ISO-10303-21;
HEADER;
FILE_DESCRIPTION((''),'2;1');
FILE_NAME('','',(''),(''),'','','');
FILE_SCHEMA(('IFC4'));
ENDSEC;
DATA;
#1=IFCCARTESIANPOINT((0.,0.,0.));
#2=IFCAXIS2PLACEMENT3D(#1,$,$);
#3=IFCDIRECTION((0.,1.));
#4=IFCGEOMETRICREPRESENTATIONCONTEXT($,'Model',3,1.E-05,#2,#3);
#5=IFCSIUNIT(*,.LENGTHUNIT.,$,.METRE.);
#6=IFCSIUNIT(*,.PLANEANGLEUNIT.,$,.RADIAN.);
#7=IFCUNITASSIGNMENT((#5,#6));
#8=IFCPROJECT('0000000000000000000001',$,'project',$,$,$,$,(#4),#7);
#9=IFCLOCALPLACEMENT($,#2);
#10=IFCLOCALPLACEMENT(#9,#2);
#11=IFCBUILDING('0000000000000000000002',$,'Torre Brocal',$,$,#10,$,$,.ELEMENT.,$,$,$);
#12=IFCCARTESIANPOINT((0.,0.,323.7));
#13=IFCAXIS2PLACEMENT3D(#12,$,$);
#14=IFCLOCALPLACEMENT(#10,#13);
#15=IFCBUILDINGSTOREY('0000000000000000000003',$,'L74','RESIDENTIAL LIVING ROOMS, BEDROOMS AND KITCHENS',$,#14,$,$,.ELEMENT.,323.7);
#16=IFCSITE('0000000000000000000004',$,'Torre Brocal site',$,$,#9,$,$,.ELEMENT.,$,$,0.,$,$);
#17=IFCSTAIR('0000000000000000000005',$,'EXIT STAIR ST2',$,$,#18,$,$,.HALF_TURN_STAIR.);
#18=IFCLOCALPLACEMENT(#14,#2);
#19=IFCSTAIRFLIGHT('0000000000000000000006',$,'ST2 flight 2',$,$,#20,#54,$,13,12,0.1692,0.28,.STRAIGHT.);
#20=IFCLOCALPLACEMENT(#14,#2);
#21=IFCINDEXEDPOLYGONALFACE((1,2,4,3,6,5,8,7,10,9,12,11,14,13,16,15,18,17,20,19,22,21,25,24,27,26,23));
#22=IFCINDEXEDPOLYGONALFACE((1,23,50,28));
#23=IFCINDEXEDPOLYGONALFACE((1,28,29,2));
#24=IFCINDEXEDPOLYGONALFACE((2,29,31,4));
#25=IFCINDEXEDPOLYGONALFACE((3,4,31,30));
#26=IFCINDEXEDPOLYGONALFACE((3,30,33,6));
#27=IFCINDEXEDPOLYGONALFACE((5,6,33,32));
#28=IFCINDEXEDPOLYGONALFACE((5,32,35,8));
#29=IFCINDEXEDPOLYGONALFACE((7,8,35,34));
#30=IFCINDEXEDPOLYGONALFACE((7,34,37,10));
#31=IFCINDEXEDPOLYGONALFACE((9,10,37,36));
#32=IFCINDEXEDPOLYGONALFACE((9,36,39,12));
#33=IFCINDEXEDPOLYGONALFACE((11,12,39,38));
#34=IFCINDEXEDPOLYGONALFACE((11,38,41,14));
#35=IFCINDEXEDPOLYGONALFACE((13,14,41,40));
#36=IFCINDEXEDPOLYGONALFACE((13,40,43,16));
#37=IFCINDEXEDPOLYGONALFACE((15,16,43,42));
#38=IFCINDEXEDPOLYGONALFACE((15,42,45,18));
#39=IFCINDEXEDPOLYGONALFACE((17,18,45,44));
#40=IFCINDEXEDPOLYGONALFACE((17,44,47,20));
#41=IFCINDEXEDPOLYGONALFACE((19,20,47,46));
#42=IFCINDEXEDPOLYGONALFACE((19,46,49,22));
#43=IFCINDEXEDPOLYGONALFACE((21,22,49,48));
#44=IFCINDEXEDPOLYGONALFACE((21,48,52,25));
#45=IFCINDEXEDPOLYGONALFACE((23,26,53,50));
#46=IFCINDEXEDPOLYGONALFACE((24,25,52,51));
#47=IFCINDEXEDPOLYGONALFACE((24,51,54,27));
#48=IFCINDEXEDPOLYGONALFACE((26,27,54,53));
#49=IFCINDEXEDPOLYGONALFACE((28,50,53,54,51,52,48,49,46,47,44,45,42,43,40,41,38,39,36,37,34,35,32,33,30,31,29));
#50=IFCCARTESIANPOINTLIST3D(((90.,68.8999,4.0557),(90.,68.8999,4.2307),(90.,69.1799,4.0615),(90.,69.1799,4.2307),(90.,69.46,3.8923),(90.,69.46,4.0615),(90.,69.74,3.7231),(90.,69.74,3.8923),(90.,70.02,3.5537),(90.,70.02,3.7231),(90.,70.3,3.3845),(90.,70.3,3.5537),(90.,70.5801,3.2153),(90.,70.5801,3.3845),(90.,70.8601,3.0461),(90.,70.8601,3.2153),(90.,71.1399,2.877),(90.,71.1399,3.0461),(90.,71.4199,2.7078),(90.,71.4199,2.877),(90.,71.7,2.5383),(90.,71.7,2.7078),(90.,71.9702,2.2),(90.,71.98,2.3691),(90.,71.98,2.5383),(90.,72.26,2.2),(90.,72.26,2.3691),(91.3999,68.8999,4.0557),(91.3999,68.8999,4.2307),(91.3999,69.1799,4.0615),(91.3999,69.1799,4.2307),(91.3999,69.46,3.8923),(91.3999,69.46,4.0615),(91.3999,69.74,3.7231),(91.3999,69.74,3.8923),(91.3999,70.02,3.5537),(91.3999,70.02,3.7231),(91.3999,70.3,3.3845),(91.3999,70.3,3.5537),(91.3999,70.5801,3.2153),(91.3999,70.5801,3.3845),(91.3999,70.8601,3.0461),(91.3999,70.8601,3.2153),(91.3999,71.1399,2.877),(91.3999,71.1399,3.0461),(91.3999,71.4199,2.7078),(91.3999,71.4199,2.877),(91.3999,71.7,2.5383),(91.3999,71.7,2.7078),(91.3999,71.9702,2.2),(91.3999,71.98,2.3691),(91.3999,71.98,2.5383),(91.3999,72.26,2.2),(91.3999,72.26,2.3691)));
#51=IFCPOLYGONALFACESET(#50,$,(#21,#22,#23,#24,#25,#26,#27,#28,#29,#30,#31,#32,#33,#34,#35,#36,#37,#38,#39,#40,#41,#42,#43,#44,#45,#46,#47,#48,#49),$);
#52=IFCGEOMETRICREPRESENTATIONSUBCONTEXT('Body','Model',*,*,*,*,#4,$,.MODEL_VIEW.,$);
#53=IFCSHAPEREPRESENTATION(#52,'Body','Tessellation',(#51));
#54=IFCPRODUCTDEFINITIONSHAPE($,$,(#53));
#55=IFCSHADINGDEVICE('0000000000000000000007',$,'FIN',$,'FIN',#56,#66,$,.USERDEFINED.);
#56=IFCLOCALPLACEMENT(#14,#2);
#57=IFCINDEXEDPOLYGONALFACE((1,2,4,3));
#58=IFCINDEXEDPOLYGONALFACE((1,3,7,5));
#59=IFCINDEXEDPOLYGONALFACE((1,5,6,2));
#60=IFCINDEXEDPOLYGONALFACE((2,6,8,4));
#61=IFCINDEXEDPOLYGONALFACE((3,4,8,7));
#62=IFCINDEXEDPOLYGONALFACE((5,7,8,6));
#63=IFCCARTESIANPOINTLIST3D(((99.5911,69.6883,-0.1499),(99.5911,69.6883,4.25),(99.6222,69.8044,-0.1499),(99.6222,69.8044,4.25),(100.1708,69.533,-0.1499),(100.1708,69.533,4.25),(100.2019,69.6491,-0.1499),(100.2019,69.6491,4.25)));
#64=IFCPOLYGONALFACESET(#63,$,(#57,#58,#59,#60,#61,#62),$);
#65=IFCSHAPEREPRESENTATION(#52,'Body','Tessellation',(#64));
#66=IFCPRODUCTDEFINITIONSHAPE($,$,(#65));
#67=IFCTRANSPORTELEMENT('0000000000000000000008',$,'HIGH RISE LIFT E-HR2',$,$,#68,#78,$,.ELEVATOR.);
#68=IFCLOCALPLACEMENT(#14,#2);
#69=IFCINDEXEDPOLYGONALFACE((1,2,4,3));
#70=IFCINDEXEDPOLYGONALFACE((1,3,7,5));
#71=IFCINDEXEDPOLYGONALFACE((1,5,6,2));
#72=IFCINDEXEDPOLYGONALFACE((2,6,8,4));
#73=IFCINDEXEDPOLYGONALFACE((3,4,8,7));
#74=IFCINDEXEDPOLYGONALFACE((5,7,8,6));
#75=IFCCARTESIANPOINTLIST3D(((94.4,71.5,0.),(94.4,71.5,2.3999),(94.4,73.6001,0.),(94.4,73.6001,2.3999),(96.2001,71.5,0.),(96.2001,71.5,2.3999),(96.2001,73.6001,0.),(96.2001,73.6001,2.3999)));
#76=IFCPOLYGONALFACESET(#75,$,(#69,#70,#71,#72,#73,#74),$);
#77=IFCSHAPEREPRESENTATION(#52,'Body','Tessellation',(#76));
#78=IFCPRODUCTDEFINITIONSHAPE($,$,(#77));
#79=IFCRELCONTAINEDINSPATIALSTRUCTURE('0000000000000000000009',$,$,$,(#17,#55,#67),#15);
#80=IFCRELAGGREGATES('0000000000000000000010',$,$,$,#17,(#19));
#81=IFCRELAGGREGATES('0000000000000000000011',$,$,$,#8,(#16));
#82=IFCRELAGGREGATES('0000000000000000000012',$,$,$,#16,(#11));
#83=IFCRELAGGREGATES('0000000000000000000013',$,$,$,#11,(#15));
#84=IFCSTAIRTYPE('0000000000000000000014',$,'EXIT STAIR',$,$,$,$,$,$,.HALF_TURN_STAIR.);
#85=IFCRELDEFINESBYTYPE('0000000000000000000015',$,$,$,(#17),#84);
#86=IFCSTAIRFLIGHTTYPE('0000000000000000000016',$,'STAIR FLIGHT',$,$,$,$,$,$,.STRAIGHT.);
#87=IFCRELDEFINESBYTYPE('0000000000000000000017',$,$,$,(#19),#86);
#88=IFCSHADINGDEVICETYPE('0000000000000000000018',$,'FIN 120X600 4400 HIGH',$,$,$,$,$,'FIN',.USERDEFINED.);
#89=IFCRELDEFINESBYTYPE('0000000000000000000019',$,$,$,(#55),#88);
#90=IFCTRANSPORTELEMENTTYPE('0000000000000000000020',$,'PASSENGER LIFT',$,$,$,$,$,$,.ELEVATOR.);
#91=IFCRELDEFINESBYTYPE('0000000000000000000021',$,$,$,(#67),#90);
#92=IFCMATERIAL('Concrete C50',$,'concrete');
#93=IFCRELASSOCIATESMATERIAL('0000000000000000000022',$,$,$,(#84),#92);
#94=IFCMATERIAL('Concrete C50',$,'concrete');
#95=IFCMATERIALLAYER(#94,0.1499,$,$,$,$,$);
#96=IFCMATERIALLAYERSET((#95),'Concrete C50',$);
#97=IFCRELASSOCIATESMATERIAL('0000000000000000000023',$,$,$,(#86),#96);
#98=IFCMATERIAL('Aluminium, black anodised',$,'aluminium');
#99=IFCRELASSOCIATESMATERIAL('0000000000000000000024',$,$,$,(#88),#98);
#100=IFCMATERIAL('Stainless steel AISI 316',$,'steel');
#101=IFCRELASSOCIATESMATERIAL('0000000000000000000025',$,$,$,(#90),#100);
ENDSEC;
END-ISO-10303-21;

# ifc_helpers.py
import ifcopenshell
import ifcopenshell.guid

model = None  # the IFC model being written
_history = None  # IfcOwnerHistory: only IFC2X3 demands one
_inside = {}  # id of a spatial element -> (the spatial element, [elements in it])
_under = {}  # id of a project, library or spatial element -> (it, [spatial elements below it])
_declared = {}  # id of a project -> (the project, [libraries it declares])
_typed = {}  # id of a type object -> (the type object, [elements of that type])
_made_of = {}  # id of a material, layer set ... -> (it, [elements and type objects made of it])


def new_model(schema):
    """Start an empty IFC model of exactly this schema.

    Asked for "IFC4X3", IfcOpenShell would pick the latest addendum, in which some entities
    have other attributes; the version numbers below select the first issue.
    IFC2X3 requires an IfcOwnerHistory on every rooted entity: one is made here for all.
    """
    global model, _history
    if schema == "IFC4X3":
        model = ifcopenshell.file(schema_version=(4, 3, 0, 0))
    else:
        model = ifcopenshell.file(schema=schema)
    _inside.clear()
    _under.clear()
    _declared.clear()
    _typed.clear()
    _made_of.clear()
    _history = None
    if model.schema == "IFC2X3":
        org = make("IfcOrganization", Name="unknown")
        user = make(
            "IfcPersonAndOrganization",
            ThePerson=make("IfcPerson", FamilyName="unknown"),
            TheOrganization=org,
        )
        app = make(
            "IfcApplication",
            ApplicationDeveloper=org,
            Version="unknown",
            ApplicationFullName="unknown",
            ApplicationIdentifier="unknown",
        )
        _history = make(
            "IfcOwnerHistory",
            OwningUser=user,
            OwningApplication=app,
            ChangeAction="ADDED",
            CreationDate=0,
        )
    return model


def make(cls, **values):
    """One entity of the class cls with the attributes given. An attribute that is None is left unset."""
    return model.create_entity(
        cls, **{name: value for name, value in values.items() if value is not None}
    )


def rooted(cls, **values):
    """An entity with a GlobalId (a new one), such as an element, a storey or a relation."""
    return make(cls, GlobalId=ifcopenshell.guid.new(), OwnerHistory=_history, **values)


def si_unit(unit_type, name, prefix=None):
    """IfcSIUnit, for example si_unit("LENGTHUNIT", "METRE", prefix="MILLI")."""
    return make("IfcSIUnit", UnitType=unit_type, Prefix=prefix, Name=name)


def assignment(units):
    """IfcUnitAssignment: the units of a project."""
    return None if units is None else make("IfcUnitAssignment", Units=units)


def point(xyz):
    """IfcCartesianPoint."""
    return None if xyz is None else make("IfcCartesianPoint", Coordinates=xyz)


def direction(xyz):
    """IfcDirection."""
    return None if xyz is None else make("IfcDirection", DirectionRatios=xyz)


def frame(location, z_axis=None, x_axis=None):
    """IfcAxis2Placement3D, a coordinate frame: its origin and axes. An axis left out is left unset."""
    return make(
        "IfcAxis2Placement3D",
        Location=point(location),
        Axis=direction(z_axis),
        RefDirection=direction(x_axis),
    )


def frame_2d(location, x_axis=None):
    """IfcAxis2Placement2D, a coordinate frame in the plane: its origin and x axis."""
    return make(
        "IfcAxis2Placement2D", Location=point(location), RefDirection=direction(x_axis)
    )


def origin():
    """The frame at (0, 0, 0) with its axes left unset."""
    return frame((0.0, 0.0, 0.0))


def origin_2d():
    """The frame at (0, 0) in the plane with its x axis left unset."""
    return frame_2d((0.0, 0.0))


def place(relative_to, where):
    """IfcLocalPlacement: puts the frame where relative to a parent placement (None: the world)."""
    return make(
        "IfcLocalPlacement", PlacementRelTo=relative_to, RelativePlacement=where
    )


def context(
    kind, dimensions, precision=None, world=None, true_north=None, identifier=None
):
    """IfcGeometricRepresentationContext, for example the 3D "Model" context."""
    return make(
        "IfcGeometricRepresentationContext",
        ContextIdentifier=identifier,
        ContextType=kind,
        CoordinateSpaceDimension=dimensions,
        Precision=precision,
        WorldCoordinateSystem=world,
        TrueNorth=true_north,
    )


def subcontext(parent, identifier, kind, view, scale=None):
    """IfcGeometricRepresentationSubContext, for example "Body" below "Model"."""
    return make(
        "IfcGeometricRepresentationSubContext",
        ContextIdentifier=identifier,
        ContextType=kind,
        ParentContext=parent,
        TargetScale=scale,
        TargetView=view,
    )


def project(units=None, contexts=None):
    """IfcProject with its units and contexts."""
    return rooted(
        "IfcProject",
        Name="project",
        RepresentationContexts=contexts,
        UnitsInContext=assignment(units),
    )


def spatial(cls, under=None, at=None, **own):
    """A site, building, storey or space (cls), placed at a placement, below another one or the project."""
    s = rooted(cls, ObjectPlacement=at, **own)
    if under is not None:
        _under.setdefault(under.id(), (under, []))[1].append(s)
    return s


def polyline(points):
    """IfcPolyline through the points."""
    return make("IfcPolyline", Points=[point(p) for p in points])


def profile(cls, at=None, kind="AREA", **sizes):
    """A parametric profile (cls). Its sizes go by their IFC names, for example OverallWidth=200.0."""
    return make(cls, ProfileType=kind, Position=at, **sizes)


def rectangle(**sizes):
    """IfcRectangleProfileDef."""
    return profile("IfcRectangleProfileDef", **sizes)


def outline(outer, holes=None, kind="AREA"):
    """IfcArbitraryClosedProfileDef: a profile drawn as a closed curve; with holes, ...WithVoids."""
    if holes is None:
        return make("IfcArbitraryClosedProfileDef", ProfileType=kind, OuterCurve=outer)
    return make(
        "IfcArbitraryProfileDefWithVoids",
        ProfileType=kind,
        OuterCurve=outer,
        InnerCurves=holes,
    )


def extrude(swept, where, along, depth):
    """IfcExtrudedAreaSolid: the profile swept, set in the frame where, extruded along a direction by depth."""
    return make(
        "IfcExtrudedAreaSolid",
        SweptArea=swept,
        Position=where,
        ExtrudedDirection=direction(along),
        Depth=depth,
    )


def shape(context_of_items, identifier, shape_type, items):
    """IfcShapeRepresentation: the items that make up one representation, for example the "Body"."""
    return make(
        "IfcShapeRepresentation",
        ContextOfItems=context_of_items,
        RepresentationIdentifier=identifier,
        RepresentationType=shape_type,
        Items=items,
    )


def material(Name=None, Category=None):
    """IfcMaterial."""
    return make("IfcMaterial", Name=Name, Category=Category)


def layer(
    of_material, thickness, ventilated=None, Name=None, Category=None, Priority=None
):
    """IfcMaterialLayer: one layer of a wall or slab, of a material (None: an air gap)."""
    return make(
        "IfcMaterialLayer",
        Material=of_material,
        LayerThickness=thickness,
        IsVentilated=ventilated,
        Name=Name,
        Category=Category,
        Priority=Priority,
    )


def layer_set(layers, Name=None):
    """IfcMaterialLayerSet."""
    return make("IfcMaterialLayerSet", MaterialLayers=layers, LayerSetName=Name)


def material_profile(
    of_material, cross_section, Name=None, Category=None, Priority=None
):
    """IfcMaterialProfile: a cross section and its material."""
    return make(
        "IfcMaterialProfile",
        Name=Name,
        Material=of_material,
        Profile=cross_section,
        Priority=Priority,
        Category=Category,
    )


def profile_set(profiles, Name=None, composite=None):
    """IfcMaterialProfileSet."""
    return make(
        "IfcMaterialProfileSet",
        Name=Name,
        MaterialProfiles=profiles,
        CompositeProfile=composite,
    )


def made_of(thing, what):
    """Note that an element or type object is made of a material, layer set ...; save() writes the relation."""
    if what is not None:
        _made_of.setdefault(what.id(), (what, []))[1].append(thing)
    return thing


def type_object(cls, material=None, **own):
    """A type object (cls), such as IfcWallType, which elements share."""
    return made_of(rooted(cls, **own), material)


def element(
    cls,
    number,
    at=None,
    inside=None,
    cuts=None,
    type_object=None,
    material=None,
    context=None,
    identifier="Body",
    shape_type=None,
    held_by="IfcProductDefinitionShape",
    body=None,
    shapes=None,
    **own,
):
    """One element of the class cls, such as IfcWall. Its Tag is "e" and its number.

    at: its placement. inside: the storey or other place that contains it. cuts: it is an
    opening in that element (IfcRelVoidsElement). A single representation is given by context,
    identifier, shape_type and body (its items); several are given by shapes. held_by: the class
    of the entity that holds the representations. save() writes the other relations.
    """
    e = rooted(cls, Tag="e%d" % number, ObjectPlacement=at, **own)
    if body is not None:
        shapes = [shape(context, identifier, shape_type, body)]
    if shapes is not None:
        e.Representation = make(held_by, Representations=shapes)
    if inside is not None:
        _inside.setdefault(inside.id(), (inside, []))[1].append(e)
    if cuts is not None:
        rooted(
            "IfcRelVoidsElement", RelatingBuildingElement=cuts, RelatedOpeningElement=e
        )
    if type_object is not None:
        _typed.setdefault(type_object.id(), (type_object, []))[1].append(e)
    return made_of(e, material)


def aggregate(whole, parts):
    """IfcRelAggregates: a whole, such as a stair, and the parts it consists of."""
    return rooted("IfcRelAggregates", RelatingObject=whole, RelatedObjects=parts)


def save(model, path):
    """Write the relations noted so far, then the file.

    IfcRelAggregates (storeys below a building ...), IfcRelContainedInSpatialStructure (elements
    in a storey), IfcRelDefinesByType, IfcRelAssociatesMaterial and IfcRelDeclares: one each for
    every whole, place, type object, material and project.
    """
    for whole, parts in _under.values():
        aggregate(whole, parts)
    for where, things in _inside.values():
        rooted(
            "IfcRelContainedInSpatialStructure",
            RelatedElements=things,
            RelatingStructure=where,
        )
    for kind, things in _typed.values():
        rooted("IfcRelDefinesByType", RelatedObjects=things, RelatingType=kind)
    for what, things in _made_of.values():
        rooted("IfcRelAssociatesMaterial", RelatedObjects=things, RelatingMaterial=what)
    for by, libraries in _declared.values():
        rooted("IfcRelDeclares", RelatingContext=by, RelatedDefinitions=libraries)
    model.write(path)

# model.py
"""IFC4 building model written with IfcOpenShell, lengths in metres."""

from ifc_helpers import new_model, si_unit, direction, frame, origin, origin_2d, place, context, subcontext, project, spatial, polyline, rectangle, outline, extrude, material, layer, layer_set, material_profile, profile_set, type_object, element, aggregate, save


model = new_model("IFC4")

# Units and contexts
model_context = context("Model", 3, precision=1e-05, world=origin(), true_north=direction((0.0, 1.0)))
body_context = subcontext(model_context, "Body", "Model", "MODEL_VIEW")
ifc_project = project(units=[si_unit("LENGTHUNIT", "METRE"), si_unit("PLANEANGLEUNIT", "RADIAN")], contexts=[model_context])

# Site, building, storey
site_placement = place(None, origin())
site = spatial("IfcSite", under=ifc_project, at=site_placement, Name="Torre Brocal site", CompositionType="ELEMENT", RefElevation=0.0)
building_placement = place(site_placement, origin())
building = spatial("IfcBuilding", under=site, at=building_placement, Name="Torre Brocal", CompositionType="ELEMENT")
storey_placement = place(building_placement, frame((0.0, 0.0, 323.7)))
storey = spatial("IfcBuildingStorey", under=building, at=storey_placement, Name="L74", Description="RESIDENTIAL LIVING ROOMS, BEDROOMS AND KITCHENS", CompositionType="ELEMENT", Elevation=323.7)

# Stair, stair flight
ifc_material_1 = material(Name="Concrete C50", Category="concrete")
stair_type = type_object("IfcStairType", Name="EXIT STAIR", PredefinedType="HALF_TURN_STAIR", material=ifc_material_1)
stair_placement = place(storey_placement, origin())
stair = element("IfcStair", 1, at=stair_placement, inside=storey, type_object=stair_type, Name="EXIT STAIR ST2", PredefinedType="HALF_TURN_STAIR")
ifc_material_2 = material(Name="Concrete C50", Category="concrete")
ifc_layer_1 = layer(ifc_material_2, 0.1499)
ifc_layer_set_1 = layer_set([ifc_layer_1], Name="Concrete C50")
stair_flight_type = type_object("IfcStairFlightType", Name="STAIR FLIGHT", PredefinedType="STRAIGHT", material=ifc_layer_set_1)
stair_flight_placement = place(storey_placement, frame((90.7, 72.26, 2.2), z_axis=(0.0, 0.0, 1.0), x_axis=(0.0, -1.0, 0.0)))
stair_flight = element("IfcStairFlight", 2, at=stair_flight_placement, type_object=stair_flight_type, Name="ST2 flight 2", NumberOfRisers=13, NumberOfTreads=12, PredefinedType="STRAIGHT", RiserHeight=0.1692, TreadLength=0.28, context=body_context, shape_type="SweptSolid", body=[
    extrude(outline(polyline([(0.0, 0.0), (0.0, 0.1692), (0.28, 0.1692), (0.28, 0.3384), (0.5601, 0.3384), (0.5601, 0.5078), (0.8401, 0.5078), (0.8401, 0.677), (1.1201, 0.677), (1.1201, 0.8462), (1.3999, 0.8462), (1.3999, 1.0154), (1.6799, 1.0154), (1.6799, 1.1846), (1.96, 1.1846), (1.96, 1.3538), (2.24, 1.3538), (2.24, 1.5232), (2.52, 1.5232), (2.52, 1.6924), (2.8, 1.6924), (2.8, 1.8616), (3.0801, 1.8616), (3.0801, 2.0308), (3.3601, 2.0308), (3.3601, 2.2), (3.3601, 1.8557), (0.2898, 0.0), (0.0, 0.0)])), frame((0.0, 0.7, 0.0), z_axis=(0.0, -1.0, 0.0), x_axis=(1.0, 0.0, 0.0)), (0.0, 0.0, 1.0), 1.3999),
])
aggregate(stair, [stair_flight])

# Shading device
ifc_material_3 = material(Name="Aluminium, black anodised", Category="aluminium")
ifc_material_profile_1 = material_profile(ifc_material_3, rectangle(XDim=0.1201, YDim=0.6001, at=origin_2d()), Name="FIN 120X600 4400 HIGH")
ifc_profile_set_1 = profile_set([ifc_material_profile_1], Name="Aluminium, black anodised")
shading_device_type = type_object("IfcShadingDeviceType", Name="FIN 120X600 4400 HIGH", ElementType="FIN", PredefinedType="USERDEFINED", material=ifc_profile_set_1)
shading_device_placement = place(storey_placement, frame((99.8965, 69.6687, -0.1499), z_axis=(0.0, 0.0, 1.0), x_axis=(0.258819, 0.965926, 0.0)))
element("IfcShadingDevice", 3, at=shading_device_placement, inside=storey, type_object=shading_device_type, Name="FIN", ObjectType="FIN", PredefinedType="USERDEFINED", context=body_context, shape_type="SweptSolid", body=[
    extrude(rectangle(XDim=0.1201, YDim=0.6001, at=origin_2d()), origin(), (0.0, 0.0, 1.0), 4.3999),
])

# Transport element
ifc_material_4 = material(Name="Stainless steel AISI 316", Category="steel")
transport_element_type = type_object("IfcTransportElementType", Name="PASSENGER LIFT", PredefinedType="ELEVATOR", material=ifc_material_4)
transport_element_placement = place(storey_placement, frame((95.3, 72.55, 0.0), z_axis=(0.0, 0.0, 1.0), x_axis=(1.0, 0.0, 0.0)))
element("IfcTransportElement", 4, at=transport_element_placement, inside=storey, type_object=transport_element_type, Name="HIGH RISE LIFT E-HR2", PredefinedType="ELEVATOR", context=body_context, shape_type="SweptSolid", body=[
    extrude(rectangle(XDim=1.8, YDim=2.1001, at=origin_2d()), origin(), (0.0, 0.0, 1.0), 2.3999),
])

save(model, "model.ifc")
